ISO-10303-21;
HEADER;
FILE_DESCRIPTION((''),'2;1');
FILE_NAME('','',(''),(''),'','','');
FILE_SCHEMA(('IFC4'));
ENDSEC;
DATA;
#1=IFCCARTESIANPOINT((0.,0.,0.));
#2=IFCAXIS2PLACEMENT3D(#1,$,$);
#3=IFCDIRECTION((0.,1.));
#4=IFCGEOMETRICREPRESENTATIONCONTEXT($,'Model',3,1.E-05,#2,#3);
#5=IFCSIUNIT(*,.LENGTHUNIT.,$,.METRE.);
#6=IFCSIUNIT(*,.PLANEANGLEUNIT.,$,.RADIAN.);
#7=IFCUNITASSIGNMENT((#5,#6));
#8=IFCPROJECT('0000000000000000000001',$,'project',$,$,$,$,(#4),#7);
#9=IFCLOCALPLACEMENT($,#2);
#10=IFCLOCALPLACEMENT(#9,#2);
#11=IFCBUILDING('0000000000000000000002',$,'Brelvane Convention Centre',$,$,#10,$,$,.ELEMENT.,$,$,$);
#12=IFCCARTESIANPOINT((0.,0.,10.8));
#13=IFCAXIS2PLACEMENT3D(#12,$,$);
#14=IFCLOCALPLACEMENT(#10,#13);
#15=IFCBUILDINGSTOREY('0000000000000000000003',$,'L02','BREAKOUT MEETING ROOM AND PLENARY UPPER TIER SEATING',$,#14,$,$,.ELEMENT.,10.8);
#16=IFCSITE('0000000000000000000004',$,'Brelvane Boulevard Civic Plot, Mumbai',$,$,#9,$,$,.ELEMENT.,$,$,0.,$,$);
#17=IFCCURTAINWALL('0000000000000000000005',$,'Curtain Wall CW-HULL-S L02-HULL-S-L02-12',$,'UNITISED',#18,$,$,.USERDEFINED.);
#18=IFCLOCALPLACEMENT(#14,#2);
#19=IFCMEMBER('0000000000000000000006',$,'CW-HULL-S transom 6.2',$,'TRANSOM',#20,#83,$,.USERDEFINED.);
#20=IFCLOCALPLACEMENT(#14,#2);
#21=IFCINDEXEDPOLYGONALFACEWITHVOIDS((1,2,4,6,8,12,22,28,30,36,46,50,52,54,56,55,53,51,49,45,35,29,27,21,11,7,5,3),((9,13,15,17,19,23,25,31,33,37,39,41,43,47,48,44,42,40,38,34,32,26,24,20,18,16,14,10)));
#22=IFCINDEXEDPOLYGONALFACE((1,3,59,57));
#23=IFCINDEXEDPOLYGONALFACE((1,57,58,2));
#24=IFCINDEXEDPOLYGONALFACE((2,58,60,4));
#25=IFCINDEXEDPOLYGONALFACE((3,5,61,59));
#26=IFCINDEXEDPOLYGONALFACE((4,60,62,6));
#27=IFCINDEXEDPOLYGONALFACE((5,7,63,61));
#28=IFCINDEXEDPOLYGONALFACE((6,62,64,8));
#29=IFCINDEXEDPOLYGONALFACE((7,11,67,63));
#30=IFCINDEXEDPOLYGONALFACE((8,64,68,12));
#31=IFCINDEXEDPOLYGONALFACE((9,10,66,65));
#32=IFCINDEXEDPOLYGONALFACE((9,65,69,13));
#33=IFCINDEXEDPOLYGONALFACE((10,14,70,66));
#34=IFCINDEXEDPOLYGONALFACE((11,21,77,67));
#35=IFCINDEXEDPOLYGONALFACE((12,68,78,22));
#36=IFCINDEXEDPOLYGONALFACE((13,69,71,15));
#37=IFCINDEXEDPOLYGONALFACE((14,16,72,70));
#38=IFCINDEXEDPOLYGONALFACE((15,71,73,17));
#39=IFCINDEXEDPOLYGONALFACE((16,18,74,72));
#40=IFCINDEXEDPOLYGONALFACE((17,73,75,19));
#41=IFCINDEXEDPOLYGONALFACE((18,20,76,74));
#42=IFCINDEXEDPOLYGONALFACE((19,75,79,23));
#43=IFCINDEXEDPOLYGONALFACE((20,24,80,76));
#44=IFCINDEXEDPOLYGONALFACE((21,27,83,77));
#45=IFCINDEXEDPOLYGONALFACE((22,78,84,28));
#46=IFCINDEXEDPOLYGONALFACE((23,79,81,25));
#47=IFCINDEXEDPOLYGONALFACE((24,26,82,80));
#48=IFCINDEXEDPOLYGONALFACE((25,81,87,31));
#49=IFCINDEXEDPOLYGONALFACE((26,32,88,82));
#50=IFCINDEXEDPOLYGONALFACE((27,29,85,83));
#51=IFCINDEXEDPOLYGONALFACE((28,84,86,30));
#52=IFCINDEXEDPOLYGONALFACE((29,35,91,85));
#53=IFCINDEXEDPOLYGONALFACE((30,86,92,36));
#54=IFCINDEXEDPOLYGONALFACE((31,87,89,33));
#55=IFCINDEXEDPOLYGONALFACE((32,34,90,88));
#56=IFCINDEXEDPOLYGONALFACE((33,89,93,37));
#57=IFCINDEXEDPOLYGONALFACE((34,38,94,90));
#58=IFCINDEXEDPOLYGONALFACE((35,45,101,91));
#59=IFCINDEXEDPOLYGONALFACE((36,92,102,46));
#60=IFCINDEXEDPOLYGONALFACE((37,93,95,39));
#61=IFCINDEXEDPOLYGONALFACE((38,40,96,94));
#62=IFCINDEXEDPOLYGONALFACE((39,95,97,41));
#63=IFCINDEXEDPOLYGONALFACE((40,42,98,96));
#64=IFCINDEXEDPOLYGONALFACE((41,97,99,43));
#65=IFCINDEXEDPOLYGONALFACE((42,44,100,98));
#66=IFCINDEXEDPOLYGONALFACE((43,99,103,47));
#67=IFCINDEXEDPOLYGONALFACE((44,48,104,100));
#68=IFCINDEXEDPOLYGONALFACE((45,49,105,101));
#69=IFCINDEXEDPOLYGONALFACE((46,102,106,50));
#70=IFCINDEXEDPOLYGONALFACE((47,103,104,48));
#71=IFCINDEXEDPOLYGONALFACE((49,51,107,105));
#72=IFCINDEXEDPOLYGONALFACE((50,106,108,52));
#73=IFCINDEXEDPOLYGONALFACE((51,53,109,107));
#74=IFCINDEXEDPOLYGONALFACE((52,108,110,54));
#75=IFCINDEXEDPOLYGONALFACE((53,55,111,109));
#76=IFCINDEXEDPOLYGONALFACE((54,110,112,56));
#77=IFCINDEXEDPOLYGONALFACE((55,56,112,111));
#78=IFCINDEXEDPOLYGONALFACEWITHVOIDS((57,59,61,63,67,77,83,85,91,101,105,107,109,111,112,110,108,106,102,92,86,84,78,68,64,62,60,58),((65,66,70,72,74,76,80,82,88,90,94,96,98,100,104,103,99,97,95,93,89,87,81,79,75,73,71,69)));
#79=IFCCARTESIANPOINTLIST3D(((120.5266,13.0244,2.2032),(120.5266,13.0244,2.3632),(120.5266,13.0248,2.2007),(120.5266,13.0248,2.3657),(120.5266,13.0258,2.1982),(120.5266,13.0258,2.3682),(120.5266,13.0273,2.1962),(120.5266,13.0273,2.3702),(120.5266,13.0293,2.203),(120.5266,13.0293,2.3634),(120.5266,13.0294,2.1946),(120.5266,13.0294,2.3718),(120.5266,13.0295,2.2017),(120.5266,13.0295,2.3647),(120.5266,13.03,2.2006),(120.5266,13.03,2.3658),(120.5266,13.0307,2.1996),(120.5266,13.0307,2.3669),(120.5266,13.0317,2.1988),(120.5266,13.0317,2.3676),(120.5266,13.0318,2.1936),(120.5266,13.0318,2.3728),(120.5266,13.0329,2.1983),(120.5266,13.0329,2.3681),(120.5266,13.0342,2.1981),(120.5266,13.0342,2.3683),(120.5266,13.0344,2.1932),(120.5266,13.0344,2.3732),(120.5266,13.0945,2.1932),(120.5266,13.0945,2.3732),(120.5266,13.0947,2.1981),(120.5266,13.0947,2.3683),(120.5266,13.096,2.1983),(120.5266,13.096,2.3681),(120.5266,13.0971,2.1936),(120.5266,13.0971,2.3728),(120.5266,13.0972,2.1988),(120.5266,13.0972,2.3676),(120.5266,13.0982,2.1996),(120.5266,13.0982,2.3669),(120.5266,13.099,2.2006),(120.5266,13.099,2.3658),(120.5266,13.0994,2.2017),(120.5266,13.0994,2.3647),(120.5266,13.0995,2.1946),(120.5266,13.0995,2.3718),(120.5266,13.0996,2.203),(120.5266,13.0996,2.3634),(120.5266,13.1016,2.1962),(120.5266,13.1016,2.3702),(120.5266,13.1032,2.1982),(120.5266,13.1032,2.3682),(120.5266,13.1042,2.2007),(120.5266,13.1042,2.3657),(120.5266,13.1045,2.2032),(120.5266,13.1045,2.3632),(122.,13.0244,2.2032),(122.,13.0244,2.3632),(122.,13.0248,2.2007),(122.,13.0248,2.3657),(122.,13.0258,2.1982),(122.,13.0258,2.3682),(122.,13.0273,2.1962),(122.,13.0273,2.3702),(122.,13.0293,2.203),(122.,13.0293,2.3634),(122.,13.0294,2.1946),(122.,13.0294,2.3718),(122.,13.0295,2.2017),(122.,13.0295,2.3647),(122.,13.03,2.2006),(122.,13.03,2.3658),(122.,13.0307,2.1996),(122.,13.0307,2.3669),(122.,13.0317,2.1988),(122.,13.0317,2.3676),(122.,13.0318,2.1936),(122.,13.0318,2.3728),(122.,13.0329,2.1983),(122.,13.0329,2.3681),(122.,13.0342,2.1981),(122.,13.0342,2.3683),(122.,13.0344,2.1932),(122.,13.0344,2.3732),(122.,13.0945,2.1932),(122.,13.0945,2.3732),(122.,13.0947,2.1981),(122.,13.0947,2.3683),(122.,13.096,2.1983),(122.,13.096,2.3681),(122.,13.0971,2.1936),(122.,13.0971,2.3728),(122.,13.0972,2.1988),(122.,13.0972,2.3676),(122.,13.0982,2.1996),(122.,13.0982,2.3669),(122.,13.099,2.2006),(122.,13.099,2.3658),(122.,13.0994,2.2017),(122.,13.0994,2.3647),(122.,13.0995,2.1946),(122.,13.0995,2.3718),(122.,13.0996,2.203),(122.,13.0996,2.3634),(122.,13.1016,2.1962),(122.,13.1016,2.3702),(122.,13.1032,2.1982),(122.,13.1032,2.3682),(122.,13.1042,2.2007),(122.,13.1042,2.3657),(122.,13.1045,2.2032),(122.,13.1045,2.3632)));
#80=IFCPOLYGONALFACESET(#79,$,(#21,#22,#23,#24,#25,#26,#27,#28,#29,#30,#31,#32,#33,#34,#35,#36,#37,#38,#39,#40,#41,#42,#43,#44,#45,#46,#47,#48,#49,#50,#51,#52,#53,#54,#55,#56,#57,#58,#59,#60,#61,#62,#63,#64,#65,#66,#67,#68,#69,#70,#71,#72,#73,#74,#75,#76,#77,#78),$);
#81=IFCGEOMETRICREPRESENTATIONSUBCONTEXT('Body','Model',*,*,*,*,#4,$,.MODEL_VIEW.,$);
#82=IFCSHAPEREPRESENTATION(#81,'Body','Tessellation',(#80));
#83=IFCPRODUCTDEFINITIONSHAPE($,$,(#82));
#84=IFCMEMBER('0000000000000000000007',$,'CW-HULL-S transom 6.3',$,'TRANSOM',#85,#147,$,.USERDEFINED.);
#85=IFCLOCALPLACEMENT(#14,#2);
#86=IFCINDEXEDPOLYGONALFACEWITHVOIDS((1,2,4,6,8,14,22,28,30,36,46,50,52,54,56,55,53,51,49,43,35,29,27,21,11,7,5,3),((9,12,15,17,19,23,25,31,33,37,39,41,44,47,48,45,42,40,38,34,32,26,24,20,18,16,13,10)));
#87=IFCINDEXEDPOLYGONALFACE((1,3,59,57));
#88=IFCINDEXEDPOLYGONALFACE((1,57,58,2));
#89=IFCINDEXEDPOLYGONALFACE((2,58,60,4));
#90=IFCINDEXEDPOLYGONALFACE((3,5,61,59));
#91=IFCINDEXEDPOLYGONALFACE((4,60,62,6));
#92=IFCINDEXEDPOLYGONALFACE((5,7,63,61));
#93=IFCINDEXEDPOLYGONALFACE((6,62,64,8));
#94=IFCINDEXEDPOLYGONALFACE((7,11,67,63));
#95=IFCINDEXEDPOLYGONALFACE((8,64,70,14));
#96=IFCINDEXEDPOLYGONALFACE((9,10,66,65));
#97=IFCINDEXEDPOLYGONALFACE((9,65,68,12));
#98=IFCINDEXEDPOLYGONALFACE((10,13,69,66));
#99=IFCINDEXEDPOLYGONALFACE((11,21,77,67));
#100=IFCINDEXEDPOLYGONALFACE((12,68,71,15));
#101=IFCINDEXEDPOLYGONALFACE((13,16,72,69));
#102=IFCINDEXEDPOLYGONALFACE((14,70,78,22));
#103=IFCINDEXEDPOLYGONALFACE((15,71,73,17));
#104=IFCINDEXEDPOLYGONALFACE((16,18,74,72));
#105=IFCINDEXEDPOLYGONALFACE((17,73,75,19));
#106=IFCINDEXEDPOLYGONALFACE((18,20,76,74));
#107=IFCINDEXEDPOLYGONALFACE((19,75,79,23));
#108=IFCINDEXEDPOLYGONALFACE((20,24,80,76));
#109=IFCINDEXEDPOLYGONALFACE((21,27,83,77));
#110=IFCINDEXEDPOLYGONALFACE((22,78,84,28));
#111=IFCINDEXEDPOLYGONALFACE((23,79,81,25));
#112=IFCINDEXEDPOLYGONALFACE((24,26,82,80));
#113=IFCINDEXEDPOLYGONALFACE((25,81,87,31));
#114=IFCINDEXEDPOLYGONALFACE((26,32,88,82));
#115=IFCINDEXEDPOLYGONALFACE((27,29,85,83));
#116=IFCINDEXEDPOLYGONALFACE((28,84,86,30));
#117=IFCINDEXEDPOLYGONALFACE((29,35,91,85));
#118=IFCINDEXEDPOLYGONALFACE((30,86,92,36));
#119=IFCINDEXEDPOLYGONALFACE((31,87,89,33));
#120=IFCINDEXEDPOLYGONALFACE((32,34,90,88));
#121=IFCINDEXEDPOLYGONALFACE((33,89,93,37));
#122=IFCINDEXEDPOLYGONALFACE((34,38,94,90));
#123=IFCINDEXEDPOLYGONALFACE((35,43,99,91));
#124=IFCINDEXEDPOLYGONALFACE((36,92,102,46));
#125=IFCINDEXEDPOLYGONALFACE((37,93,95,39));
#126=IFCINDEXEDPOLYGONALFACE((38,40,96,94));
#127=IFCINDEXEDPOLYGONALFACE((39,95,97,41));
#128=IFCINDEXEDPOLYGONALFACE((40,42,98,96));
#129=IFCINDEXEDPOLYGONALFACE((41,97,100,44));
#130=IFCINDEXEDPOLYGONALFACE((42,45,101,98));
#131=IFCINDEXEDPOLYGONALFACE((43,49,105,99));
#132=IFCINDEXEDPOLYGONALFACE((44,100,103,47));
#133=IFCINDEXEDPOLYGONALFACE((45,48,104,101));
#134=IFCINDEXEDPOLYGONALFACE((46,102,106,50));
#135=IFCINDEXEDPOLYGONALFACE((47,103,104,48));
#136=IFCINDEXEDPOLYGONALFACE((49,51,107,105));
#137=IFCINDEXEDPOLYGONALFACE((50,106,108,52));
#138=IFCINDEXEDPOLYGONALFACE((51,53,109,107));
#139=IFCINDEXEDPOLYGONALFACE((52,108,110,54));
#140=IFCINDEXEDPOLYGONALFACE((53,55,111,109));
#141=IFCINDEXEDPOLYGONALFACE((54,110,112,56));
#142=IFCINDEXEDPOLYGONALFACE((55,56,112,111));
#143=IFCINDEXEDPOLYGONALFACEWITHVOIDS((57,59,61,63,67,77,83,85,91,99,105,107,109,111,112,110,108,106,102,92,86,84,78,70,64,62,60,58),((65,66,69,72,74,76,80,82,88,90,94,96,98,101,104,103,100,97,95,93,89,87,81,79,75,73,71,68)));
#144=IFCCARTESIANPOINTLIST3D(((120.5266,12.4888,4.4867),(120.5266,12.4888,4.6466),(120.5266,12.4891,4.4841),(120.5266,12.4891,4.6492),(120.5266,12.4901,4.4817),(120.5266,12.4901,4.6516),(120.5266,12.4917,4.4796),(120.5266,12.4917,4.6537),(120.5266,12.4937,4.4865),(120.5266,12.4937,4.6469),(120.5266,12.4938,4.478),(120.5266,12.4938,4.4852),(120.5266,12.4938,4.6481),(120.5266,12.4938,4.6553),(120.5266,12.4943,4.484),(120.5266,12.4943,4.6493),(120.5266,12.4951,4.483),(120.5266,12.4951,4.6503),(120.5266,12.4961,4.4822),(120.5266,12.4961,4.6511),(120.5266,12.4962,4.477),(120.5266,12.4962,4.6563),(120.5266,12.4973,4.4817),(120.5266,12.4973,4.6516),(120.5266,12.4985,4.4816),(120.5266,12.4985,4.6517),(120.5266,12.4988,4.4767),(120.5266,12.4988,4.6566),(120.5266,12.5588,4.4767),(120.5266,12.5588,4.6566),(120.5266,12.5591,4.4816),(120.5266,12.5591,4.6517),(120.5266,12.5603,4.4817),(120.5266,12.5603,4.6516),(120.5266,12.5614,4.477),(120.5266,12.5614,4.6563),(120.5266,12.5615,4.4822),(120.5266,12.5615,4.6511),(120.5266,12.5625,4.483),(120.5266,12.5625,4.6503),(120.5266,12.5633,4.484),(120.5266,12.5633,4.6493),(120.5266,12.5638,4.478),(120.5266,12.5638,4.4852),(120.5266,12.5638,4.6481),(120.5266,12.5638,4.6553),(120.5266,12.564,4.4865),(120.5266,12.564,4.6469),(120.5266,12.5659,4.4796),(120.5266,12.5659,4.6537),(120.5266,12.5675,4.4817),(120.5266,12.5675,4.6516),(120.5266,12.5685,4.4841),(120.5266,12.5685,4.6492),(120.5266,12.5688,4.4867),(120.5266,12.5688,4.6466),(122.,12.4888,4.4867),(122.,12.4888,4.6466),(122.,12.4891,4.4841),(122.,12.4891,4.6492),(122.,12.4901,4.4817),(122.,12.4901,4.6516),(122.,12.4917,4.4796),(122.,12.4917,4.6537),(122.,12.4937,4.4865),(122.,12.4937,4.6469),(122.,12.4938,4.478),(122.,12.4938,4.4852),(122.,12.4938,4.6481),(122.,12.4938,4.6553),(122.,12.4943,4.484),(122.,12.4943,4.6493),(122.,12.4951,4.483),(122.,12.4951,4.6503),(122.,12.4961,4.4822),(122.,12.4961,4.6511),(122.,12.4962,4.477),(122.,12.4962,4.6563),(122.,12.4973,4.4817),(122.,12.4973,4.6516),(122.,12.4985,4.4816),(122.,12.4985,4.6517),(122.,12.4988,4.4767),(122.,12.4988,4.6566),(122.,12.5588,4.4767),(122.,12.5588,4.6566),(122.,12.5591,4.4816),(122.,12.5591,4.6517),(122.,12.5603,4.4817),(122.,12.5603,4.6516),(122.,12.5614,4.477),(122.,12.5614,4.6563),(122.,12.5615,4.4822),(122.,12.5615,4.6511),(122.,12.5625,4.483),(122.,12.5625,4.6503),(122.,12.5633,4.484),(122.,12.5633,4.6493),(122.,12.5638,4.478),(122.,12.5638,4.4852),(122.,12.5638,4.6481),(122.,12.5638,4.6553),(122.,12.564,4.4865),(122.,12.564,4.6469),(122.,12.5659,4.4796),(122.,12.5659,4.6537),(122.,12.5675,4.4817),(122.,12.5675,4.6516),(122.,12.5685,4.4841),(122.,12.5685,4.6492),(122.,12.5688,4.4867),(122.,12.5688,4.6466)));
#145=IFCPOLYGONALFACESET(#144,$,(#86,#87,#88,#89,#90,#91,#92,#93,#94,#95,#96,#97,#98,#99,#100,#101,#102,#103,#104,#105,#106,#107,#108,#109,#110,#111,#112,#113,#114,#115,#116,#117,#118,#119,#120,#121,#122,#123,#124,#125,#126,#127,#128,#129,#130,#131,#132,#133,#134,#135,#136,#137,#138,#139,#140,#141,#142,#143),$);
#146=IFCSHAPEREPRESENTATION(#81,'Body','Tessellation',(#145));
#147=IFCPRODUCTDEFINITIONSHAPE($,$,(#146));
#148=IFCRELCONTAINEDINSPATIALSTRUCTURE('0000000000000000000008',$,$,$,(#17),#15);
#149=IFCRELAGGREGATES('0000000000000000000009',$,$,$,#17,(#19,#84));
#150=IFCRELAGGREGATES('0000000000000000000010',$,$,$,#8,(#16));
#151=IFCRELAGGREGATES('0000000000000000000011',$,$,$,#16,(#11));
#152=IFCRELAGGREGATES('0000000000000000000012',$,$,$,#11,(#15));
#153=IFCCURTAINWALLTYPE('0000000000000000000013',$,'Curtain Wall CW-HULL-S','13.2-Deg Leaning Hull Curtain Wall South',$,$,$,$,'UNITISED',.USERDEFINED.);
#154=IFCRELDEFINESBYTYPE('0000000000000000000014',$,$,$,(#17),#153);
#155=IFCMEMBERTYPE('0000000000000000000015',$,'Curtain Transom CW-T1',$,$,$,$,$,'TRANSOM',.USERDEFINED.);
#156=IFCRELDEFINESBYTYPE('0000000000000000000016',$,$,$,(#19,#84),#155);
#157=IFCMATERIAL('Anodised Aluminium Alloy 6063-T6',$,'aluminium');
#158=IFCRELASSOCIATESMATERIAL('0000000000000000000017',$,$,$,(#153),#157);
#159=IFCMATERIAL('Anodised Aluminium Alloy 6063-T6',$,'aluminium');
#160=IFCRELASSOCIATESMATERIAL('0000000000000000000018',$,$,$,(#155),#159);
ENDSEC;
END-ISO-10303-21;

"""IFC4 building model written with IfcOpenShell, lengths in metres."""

from ifc_helpers import new_model, si_unit, direction, frame, origin, origin_2d, place, context, subcontext, project, spatial, hollow_rectangle, extrude, material, material_profile, profile_set, type_object, element, aggregate, save


model = new_model("IFC4")

# Units and contexts
model_context = context("Model", 3, precision=1e-05, world=origin(), true_north=direction((0.0, 1.0)))
body_context = subcontext(model_context, "Body", "Model", "MODEL_VIEW")
ifc_project = project(units=[si_unit("LENGTHUNIT", "METRE"), si_unit("PLANEANGLEUNIT", "RADIAN")], contexts=[model_context])

# Site, building, storey
site_placement = place(None, origin())
site = spatial("IfcSite", under=ifc_project, at=site_placement, Name="Brelvane Boulevard Civic Plot, Mumbai", CompositionType="ELEMENT", RefElevation=0.0)
building_placement = place(site_placement, origin())
building = spatial("IfcBuilding", under=site, at=building_placement, Name="Brelvane Convention Centre", CompositionType="ELEMENT")
storey_placement = place(building_placement, frame((0.0, 0.0, 10.8)))
storey = spatial("IfcBuildingStorey", under=building, at=storey_placement, Name="L02", Description="BREAKOUT MEETING ROOM AND PLENARY UPPER TIER SEATING", CompositionType="ELEMENT", Elevation=10.8)

# Curtain wall, members
ifc_material_1 = material(Name="Anodised Aluminium Alloy 6063-T6", Category="aluminium")
curtain_wall_type = type_object("IfcCurtainWallType", Name="Curtain Wall CW-HULL-S", Description="13.2-Deg Leaning Hull Curtain Wall South", ElementType="UNITISED", PredefinedType="USERDEFINED", material=ifc_material_1)
curtain_wall_1_placement = place(storey_placement, origin())
curtain_wall_1 = element("IfcCurtainWall", 1, at=curtain_wall_1_placement, inside=storey, type_object=curtain_wall_type, Name="Curtain Wall CW-HULL-S L02-HULL-S-L02-12", ObjectType="UNITISED", PredefinedType="USERDEFINED")
ifc_material_2 = material(Name="Anodised Aluminium Alloy 6063-T6", Category="aluminium")
ifc_material_profile = material_profile(ifc_material_2, hollow_rectangle(XDim=0.0801, YDim=0.1799, WallThickness=0.0049, InnerFilletRadius=0.0049, OuterFilletRadius=0.01, at=origin_2d()), Name="ALU-T 180x80x5.0")
ifc_profile_set = profile_set([ifc_material_profile], Name="Anodised Aluminium Alloy 6063-T6")
member_type = type_object("IfcMemberType", Name="Curtain Transom CW-T1", ElementType="TRANSOM", PredefinedType="USERDEFINED", material=ifc_profile_set)
member_1_placement = place(storey_placement, frame((120.5266, 13.0645, 2.2832), z_axis=(1.0, 0.0, 0.0), x_axis=(0.0, 1.0, 0.0)))
member_1 = element("IfcMember", 2, at=member_1_placement, type_object=member_type, Name="CW-HULL-S transom 6.2", ObjectType="TRANSOM", PredefinedType="USERDEFINED", context=body_context, shape_type="SweptSolid", body=[
    extrude(hollow_rectangle(XDim=0.0801, YDim=0.1799, WallThickness=0.0049, InnerFilletRadius=0.0049, OuterFilletRadius=0.01, at=origin_2d()), origin(), (0.0, 0.0, 1.0), 1.4734),
])
member_2_placement = place(storey_placement, frame((120.5266, 12.5288, 4.5667), z_axis=(1.0, 0.0, 0.0), x_axis=(0.0, 1.0, 0.0)))
member_2 = element("IfcMember", 3, at=member_2_placement, type_object=member_type, Name="CW-HULL-S transom 6.3", ObjectType="TRANSOM", PredefinedType="USERDEFINED", context=body_context, shape_type="SweptSolid", body=[
    extrude(hollow_rectangle(XDim=0.0801, YDim=0.1799, WallThickness=0.0049, InnerFilletRadius=0.0049, OuterFilletRadius=0.01, at=origin_2d()), origin(), (0.0, 0.0, 1.0), 1.4734),
])

aggregate(curtain_wall_1, [member_1, member_2])

save(model, "model.ifc")
